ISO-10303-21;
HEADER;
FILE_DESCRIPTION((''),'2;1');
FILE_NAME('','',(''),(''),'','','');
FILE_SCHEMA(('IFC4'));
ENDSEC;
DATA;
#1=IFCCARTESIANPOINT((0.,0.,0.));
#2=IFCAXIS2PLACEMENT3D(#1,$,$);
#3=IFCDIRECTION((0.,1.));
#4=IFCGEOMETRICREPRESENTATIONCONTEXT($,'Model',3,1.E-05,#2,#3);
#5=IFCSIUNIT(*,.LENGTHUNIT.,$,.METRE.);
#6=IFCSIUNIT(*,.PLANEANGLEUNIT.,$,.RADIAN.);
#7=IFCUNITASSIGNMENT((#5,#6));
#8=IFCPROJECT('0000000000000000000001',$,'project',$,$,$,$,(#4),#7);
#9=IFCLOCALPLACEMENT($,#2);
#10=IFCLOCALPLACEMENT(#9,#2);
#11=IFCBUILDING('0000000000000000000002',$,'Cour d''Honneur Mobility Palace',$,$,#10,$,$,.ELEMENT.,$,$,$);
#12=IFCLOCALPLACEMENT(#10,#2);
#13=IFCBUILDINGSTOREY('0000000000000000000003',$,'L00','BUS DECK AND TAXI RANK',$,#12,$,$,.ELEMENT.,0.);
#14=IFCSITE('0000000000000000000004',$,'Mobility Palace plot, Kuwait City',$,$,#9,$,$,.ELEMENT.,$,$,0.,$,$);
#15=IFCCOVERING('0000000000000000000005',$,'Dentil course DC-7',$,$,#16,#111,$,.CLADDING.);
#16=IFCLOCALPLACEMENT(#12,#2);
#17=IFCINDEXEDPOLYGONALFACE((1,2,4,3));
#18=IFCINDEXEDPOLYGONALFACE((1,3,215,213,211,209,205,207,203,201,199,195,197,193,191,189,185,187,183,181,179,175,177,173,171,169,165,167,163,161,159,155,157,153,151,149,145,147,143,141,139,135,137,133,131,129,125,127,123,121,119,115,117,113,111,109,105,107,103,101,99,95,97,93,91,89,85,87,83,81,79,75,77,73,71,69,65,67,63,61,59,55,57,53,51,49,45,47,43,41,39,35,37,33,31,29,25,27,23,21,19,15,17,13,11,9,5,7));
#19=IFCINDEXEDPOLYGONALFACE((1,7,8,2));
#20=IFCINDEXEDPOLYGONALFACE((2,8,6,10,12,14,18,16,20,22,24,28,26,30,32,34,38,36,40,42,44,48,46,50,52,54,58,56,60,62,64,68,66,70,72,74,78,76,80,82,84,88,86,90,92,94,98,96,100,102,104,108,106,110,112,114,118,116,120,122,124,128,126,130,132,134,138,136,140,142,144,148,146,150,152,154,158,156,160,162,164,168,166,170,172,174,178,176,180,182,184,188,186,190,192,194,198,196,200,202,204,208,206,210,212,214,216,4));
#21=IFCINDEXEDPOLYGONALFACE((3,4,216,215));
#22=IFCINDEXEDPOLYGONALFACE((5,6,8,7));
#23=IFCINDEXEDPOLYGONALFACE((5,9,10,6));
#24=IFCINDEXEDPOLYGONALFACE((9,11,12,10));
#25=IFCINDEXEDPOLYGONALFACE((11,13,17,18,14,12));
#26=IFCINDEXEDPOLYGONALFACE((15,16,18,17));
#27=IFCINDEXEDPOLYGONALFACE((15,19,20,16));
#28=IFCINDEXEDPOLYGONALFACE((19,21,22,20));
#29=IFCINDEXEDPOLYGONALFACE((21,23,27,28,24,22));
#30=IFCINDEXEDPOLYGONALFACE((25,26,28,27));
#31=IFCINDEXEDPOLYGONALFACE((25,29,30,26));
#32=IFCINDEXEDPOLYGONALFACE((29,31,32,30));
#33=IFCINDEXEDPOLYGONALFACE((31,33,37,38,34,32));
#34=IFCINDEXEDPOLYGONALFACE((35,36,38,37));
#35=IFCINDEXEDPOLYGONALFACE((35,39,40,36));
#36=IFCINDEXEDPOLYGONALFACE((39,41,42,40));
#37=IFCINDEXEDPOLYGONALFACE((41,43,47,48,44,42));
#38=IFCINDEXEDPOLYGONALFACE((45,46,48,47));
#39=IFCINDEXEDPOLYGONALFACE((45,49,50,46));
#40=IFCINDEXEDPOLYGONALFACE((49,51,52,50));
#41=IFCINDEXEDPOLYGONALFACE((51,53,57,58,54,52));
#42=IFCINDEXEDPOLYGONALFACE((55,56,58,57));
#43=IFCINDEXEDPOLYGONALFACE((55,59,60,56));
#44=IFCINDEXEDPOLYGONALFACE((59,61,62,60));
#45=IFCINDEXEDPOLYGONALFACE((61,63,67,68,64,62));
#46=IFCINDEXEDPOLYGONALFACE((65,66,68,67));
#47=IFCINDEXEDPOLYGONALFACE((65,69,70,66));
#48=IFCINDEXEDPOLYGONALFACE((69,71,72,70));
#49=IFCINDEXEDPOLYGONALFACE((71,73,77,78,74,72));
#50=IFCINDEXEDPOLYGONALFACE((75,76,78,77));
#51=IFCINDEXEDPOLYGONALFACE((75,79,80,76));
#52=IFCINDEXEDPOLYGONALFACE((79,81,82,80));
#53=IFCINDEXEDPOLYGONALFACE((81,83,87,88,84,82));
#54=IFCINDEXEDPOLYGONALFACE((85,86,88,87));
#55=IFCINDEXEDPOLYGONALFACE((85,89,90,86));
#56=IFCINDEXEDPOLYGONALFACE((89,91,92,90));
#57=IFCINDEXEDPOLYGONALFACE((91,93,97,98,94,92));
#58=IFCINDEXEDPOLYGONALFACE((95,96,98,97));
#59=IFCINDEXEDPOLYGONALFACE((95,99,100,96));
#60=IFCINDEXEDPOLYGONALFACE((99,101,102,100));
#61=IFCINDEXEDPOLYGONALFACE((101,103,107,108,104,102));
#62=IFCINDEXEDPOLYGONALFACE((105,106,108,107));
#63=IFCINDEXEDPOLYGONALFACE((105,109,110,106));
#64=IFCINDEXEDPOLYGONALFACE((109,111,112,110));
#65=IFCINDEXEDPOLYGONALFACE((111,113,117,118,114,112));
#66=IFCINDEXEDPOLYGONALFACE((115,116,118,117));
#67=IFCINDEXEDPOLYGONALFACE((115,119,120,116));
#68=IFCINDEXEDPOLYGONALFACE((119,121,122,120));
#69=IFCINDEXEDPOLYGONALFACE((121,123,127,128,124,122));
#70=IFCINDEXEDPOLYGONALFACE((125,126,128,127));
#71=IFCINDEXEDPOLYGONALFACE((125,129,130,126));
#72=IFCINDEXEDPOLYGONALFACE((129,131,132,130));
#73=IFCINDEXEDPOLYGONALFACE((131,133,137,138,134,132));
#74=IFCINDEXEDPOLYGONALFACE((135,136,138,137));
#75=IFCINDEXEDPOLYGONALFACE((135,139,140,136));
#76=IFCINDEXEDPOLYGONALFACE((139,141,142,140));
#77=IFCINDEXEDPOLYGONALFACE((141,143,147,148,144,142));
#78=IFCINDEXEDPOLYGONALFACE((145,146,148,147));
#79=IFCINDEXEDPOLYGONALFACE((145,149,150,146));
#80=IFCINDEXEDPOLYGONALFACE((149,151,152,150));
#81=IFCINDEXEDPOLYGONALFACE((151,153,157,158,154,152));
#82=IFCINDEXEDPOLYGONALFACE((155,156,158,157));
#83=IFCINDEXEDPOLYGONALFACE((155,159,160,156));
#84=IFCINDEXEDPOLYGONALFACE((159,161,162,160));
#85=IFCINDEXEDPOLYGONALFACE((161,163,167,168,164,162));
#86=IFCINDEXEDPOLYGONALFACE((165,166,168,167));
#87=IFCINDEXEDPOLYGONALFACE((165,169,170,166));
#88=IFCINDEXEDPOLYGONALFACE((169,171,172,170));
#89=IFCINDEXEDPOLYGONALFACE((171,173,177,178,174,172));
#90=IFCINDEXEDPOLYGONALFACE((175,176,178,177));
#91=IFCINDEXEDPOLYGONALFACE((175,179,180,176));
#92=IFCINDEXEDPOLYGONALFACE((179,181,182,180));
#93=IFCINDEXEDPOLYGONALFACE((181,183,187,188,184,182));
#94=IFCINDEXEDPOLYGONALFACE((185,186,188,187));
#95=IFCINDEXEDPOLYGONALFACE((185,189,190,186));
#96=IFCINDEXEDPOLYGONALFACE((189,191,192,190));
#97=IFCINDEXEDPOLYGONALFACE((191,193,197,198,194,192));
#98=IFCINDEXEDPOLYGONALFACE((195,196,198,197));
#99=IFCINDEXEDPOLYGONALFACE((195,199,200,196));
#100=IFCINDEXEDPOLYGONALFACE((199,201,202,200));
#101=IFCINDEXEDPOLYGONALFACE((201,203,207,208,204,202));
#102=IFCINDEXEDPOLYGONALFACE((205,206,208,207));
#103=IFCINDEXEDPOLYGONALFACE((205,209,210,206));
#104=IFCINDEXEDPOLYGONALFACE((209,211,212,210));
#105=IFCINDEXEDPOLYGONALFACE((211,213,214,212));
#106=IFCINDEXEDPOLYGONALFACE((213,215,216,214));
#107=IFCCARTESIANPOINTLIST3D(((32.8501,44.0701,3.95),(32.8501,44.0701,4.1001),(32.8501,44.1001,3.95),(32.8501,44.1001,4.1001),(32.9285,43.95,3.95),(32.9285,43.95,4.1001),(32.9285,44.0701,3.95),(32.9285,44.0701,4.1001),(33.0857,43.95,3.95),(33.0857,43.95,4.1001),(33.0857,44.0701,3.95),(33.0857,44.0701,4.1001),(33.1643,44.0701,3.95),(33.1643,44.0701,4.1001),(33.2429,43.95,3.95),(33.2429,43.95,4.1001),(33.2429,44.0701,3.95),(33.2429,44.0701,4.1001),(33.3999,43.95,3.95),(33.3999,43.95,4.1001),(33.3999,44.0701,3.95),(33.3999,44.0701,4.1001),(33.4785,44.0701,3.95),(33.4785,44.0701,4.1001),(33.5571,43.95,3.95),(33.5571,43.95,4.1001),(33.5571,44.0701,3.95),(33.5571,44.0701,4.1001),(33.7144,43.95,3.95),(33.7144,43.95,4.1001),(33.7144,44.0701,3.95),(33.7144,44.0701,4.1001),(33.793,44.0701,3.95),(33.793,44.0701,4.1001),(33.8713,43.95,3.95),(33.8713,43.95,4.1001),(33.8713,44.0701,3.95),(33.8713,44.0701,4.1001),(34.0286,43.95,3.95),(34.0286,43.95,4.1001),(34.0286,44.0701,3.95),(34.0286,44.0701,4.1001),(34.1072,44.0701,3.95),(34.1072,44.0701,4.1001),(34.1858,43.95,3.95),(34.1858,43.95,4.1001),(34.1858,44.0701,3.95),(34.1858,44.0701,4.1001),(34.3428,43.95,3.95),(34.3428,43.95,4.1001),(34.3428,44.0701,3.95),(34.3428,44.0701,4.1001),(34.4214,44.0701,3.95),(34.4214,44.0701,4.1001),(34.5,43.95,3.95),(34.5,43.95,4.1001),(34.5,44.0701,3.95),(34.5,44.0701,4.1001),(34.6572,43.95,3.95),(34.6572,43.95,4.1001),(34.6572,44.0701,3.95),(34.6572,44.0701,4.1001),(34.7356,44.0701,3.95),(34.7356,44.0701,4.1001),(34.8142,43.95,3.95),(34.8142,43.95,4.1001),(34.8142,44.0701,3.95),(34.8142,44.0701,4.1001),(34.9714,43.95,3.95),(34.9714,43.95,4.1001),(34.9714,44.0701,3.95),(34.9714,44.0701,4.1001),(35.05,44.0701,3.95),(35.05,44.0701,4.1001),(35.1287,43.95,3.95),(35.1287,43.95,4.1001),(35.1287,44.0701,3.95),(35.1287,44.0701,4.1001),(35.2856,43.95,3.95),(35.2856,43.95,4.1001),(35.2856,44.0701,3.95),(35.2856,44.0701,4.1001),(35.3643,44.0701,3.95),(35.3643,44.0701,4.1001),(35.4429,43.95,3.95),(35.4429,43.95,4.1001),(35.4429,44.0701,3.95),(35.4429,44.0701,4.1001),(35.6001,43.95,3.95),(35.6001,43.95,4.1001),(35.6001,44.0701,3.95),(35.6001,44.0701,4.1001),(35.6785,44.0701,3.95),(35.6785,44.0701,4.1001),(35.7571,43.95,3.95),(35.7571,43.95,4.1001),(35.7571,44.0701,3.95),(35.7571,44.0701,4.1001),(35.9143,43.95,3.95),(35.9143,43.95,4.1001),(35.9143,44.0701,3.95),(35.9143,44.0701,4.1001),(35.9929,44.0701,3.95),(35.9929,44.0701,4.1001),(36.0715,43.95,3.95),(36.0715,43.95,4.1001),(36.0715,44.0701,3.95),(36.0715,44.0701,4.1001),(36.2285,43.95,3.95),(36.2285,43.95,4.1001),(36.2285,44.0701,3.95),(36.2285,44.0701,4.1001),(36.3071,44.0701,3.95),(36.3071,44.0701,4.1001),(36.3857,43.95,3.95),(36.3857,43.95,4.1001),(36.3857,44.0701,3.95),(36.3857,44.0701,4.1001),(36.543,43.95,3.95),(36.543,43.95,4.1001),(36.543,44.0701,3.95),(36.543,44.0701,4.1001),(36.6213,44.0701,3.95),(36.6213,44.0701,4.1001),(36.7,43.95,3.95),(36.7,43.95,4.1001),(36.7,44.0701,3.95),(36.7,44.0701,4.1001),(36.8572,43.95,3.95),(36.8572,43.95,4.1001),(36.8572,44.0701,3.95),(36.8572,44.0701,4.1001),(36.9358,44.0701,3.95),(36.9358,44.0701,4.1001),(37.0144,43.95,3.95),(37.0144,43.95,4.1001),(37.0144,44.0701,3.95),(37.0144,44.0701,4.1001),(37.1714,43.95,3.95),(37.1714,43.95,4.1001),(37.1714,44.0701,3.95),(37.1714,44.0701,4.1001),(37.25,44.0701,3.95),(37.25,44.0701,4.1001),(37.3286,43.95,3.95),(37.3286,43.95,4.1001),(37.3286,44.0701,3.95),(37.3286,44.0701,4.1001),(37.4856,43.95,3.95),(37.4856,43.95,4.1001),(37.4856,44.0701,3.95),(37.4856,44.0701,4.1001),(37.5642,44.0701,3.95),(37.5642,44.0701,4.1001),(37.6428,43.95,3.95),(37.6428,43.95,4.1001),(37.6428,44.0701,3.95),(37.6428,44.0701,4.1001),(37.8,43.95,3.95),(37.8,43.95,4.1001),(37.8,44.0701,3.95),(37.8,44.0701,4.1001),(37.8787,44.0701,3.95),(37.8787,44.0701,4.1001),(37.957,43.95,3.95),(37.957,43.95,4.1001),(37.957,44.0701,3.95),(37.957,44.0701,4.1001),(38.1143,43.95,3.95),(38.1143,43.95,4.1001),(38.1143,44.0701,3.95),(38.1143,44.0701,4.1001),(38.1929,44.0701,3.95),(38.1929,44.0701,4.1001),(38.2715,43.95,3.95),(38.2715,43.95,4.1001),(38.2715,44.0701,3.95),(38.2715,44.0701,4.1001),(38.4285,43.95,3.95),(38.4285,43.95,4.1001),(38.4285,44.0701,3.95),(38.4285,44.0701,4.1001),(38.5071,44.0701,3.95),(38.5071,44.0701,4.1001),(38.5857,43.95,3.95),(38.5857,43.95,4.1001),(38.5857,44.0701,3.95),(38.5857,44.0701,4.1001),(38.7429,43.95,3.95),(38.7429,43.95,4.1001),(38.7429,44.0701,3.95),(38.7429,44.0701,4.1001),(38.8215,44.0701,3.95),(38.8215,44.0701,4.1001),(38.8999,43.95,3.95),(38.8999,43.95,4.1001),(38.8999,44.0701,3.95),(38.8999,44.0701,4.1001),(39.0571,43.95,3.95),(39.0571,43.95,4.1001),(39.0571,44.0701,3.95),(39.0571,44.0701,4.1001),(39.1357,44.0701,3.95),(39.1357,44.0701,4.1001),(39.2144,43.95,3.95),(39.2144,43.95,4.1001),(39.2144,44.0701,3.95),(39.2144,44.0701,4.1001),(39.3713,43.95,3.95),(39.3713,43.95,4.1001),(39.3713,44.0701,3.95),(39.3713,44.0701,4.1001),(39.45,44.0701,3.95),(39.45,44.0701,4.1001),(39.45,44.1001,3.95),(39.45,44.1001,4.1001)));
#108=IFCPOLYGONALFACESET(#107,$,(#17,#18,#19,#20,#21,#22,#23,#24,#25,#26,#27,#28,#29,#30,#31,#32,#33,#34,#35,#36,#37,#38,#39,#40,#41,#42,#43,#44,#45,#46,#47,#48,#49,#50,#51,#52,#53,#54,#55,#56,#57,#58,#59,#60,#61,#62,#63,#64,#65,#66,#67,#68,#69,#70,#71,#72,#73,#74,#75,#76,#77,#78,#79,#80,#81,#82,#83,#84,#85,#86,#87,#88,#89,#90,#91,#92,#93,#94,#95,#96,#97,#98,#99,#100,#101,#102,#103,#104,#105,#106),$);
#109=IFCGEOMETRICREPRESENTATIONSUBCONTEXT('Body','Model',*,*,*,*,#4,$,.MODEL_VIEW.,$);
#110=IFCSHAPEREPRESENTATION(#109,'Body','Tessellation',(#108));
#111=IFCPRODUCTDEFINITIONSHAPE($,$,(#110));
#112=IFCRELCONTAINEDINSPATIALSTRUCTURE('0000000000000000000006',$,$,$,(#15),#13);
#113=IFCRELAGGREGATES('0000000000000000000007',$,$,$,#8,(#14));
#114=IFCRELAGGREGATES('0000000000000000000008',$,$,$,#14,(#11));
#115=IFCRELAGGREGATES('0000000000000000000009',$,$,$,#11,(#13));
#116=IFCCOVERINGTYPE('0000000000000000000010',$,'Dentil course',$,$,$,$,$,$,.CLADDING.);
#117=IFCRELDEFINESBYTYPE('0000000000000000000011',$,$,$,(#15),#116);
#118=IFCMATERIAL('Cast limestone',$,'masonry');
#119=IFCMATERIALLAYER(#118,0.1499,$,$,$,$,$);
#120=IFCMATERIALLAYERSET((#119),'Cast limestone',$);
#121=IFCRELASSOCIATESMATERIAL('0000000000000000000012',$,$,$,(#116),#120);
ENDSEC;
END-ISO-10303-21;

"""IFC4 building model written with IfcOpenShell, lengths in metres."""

from ifc_helpers import new_model, si_unit, direction, frame, origin, place, context, subcontext, project, spatial, polyline, outline, extrude, material, layer, layer_set, type_object, element, save


model = new_model("IFC4")

# Units and contexts
model_context = context("Model", 3, precision=1e-05, world=origin(), true_north=direction((0.0, 1.0)))
body_context = subcontext(model_context, "Body", "Model", "MODEL_VIEW")
ifc_project = project(units=[si_unit("LENGTHUNIT", "METRE"), si_unit("PLANEANGLEUNIT", "RADIAN")], contexts=[model_context])

# Site, building, storey
site_placement = place(None, origin())
site = spatial("IfcSite", under=ifc_project, at=site_placement, Name="Mobility Palace plot, Kuwait City", CompositionType="ELEMENT", RefElevation=0.0)
building_placement = place(site_placement, origin())
building = spatial("IfcBuilding", under=site, at=building_placement, Name="Cour d'Honneur Mobility Palace", CompositionType="ELEMENT")
storey_placement = place(building_placement, origin())
storey = spatial("IfcBuildingStorey", under=building, at=storey_placement, Name="L00", Description="BUS DECK AND TAXI RANK", CompositionType="ELEMENT", Elevation=0.0)

# Covering
ifc_material = material(Name="Cast limestone", Category="masonry")
ifc_layer = layer(ifc_material, 0.1499)
ifc_layer_set = layer_set([ifc_layer], Name="Cast limestone")
covering_type = type_object("IfcCoveringType", Name="Dentil course", PredefinedType="CLADDING", material=ifc_layer_set)
covering_1_placement = place(storey_placement, frame((0.0, 0.0, 3.95)))
element("IfcCovering", 1, at=covering_1_placement, inside=storey, type_object=covering_type, Name="Dentil course DC-7", PredefinedType="CLADDING", context=body_context, shape_type="SweptSolid", body=[
    extrude(outline(polyline([(32.8501, 44.1001), (39.45, 44.1001), (39.45, 44.0701), (39.45, 44.0701), (39.3713, 44.0701), (39.3713, 43.95), (39.2144, 43.95), (39.2144, 44.0701), (39.1357, 44.0701), (39.1357, 44.0701), (39.0571, 44.0701), (39.0571, 43.95), (38.8999, 43.95), (38.8999, 44.0701), (38.8215, 44.0701), (38.8215, 44.0701), (38.7429, 44.0701), (38.7429, 43.95), (38.5857, 43.95), (38.5857, 44.0701), (38.5071, 44.0701), (38.5071, 44.0701), (38.4285, 44.0701), (38.4285, 43.95), (38.2715, 43.95), (38.2715, 44.0701), (38.1929, 44.0701), (38.1929, 44.0701), (38.1143, 44.0701), (38.1143, 43.95), (37.957, 43.95), (37.957, 44.0701), (37.8787, 44.0701), (37.8787, 44.0701), (37.8, 44.0701), (37.8, 43.95), (37.6428, 43.95), (37.6428, 44.0701), (37.5642, 44.0701), (37.5642, 44.0701), (37.4856, 44.0701), (37.4856, 43.95), (37.3286, 43.95), (37.3286, 44.0701), (37.25, 44.0701), (37.25, 44.0701), (37.1714, 44.0701), (37.1714, 43.95), (37.0144, 43.95), (37.0144, 44.0701), (36.9358, 44.0701), (36.9358, 44.0701), (36.8572, 44.0701), (36.8572, 43.95), (36.7, 43.95), (36.7, 44.0701), (36.6213, 44.0701), (36.6213, 44.0701), (36.543, 44.0701), (36.543, 43.95), (36.3857, 43.95), (36.3857, 44.0701), (36.3071, 44.0701), (36.3071, 44.0701), (36.2285, 44.0701), (36.2285, 43.95), (36.0715, 43.95), (36.0715, 44.0701), (35.9929, 44.0701), (35.9929, 44.0701), (35.9143, 44.0701), (35.9143, 43.95), (35.7571, 43.95), (35.7571, 44.0701), (35.6785, 44.0701), (35.6785, 44.0701), (35.6001, 44.0701), (35.6001, 43.95), (35.4429, 43.95), (35.4429, 44.0701), (35.3643, 44.0701), (35.3643, 44.0701), (35.2856, 44.0701), (35.2856, 43.95), (35.1287, 43.95), (35.1287, 44.0701), (35.05, 44.0701), (35.05, 44.0701), (34.9714, 44.0701), (34.9714, 43.95), (34.8142, 43.95), (34.8142, 44.0701), (34.7356, 44.0701), (34.7356, 44.0701), (34.6572, 44.0701), (34.6572, 43.95), (34.5, 43.95), (34.5, 44.0701), (34.4214, 44.0701), (34.4214, 44.0701), (34.3428, 44.0701), (34.3428, 43.95), (34.1858, 43.95), (34.1858, 44.0701), (34.1072, 44.0701), (34.1072, 44.0701), (34.0286, 44.0701), (34.0286, 43.95), (33.8713, 43.95), (33.8713, 44.0701), (33.793, 44.0701), (33.793, 44.0701), (33.7144, 44.0701), (33.7144, 43.95), (33.5571, 43.95), (33.5571, 44.0701), (33.4785, 44.0701), (33.4785, 44.0701), (33.3999, 44.0701), (33.3999, 43.95), (33.2429, 43.95), (33.2429, 44.0701), (33.1643, 44.0701), (33.1643, 44.0701), (33.0857, 44.0701), (33.0857, 43.95), (32.9285, 43.95), (32.9285, 44.0701), (32.8501, 44.0701), (32.8501, 44.1001)])), origin(), (0.0, 0.0, 1.0), 0.1501),
])

save(model, "model.ifc")
